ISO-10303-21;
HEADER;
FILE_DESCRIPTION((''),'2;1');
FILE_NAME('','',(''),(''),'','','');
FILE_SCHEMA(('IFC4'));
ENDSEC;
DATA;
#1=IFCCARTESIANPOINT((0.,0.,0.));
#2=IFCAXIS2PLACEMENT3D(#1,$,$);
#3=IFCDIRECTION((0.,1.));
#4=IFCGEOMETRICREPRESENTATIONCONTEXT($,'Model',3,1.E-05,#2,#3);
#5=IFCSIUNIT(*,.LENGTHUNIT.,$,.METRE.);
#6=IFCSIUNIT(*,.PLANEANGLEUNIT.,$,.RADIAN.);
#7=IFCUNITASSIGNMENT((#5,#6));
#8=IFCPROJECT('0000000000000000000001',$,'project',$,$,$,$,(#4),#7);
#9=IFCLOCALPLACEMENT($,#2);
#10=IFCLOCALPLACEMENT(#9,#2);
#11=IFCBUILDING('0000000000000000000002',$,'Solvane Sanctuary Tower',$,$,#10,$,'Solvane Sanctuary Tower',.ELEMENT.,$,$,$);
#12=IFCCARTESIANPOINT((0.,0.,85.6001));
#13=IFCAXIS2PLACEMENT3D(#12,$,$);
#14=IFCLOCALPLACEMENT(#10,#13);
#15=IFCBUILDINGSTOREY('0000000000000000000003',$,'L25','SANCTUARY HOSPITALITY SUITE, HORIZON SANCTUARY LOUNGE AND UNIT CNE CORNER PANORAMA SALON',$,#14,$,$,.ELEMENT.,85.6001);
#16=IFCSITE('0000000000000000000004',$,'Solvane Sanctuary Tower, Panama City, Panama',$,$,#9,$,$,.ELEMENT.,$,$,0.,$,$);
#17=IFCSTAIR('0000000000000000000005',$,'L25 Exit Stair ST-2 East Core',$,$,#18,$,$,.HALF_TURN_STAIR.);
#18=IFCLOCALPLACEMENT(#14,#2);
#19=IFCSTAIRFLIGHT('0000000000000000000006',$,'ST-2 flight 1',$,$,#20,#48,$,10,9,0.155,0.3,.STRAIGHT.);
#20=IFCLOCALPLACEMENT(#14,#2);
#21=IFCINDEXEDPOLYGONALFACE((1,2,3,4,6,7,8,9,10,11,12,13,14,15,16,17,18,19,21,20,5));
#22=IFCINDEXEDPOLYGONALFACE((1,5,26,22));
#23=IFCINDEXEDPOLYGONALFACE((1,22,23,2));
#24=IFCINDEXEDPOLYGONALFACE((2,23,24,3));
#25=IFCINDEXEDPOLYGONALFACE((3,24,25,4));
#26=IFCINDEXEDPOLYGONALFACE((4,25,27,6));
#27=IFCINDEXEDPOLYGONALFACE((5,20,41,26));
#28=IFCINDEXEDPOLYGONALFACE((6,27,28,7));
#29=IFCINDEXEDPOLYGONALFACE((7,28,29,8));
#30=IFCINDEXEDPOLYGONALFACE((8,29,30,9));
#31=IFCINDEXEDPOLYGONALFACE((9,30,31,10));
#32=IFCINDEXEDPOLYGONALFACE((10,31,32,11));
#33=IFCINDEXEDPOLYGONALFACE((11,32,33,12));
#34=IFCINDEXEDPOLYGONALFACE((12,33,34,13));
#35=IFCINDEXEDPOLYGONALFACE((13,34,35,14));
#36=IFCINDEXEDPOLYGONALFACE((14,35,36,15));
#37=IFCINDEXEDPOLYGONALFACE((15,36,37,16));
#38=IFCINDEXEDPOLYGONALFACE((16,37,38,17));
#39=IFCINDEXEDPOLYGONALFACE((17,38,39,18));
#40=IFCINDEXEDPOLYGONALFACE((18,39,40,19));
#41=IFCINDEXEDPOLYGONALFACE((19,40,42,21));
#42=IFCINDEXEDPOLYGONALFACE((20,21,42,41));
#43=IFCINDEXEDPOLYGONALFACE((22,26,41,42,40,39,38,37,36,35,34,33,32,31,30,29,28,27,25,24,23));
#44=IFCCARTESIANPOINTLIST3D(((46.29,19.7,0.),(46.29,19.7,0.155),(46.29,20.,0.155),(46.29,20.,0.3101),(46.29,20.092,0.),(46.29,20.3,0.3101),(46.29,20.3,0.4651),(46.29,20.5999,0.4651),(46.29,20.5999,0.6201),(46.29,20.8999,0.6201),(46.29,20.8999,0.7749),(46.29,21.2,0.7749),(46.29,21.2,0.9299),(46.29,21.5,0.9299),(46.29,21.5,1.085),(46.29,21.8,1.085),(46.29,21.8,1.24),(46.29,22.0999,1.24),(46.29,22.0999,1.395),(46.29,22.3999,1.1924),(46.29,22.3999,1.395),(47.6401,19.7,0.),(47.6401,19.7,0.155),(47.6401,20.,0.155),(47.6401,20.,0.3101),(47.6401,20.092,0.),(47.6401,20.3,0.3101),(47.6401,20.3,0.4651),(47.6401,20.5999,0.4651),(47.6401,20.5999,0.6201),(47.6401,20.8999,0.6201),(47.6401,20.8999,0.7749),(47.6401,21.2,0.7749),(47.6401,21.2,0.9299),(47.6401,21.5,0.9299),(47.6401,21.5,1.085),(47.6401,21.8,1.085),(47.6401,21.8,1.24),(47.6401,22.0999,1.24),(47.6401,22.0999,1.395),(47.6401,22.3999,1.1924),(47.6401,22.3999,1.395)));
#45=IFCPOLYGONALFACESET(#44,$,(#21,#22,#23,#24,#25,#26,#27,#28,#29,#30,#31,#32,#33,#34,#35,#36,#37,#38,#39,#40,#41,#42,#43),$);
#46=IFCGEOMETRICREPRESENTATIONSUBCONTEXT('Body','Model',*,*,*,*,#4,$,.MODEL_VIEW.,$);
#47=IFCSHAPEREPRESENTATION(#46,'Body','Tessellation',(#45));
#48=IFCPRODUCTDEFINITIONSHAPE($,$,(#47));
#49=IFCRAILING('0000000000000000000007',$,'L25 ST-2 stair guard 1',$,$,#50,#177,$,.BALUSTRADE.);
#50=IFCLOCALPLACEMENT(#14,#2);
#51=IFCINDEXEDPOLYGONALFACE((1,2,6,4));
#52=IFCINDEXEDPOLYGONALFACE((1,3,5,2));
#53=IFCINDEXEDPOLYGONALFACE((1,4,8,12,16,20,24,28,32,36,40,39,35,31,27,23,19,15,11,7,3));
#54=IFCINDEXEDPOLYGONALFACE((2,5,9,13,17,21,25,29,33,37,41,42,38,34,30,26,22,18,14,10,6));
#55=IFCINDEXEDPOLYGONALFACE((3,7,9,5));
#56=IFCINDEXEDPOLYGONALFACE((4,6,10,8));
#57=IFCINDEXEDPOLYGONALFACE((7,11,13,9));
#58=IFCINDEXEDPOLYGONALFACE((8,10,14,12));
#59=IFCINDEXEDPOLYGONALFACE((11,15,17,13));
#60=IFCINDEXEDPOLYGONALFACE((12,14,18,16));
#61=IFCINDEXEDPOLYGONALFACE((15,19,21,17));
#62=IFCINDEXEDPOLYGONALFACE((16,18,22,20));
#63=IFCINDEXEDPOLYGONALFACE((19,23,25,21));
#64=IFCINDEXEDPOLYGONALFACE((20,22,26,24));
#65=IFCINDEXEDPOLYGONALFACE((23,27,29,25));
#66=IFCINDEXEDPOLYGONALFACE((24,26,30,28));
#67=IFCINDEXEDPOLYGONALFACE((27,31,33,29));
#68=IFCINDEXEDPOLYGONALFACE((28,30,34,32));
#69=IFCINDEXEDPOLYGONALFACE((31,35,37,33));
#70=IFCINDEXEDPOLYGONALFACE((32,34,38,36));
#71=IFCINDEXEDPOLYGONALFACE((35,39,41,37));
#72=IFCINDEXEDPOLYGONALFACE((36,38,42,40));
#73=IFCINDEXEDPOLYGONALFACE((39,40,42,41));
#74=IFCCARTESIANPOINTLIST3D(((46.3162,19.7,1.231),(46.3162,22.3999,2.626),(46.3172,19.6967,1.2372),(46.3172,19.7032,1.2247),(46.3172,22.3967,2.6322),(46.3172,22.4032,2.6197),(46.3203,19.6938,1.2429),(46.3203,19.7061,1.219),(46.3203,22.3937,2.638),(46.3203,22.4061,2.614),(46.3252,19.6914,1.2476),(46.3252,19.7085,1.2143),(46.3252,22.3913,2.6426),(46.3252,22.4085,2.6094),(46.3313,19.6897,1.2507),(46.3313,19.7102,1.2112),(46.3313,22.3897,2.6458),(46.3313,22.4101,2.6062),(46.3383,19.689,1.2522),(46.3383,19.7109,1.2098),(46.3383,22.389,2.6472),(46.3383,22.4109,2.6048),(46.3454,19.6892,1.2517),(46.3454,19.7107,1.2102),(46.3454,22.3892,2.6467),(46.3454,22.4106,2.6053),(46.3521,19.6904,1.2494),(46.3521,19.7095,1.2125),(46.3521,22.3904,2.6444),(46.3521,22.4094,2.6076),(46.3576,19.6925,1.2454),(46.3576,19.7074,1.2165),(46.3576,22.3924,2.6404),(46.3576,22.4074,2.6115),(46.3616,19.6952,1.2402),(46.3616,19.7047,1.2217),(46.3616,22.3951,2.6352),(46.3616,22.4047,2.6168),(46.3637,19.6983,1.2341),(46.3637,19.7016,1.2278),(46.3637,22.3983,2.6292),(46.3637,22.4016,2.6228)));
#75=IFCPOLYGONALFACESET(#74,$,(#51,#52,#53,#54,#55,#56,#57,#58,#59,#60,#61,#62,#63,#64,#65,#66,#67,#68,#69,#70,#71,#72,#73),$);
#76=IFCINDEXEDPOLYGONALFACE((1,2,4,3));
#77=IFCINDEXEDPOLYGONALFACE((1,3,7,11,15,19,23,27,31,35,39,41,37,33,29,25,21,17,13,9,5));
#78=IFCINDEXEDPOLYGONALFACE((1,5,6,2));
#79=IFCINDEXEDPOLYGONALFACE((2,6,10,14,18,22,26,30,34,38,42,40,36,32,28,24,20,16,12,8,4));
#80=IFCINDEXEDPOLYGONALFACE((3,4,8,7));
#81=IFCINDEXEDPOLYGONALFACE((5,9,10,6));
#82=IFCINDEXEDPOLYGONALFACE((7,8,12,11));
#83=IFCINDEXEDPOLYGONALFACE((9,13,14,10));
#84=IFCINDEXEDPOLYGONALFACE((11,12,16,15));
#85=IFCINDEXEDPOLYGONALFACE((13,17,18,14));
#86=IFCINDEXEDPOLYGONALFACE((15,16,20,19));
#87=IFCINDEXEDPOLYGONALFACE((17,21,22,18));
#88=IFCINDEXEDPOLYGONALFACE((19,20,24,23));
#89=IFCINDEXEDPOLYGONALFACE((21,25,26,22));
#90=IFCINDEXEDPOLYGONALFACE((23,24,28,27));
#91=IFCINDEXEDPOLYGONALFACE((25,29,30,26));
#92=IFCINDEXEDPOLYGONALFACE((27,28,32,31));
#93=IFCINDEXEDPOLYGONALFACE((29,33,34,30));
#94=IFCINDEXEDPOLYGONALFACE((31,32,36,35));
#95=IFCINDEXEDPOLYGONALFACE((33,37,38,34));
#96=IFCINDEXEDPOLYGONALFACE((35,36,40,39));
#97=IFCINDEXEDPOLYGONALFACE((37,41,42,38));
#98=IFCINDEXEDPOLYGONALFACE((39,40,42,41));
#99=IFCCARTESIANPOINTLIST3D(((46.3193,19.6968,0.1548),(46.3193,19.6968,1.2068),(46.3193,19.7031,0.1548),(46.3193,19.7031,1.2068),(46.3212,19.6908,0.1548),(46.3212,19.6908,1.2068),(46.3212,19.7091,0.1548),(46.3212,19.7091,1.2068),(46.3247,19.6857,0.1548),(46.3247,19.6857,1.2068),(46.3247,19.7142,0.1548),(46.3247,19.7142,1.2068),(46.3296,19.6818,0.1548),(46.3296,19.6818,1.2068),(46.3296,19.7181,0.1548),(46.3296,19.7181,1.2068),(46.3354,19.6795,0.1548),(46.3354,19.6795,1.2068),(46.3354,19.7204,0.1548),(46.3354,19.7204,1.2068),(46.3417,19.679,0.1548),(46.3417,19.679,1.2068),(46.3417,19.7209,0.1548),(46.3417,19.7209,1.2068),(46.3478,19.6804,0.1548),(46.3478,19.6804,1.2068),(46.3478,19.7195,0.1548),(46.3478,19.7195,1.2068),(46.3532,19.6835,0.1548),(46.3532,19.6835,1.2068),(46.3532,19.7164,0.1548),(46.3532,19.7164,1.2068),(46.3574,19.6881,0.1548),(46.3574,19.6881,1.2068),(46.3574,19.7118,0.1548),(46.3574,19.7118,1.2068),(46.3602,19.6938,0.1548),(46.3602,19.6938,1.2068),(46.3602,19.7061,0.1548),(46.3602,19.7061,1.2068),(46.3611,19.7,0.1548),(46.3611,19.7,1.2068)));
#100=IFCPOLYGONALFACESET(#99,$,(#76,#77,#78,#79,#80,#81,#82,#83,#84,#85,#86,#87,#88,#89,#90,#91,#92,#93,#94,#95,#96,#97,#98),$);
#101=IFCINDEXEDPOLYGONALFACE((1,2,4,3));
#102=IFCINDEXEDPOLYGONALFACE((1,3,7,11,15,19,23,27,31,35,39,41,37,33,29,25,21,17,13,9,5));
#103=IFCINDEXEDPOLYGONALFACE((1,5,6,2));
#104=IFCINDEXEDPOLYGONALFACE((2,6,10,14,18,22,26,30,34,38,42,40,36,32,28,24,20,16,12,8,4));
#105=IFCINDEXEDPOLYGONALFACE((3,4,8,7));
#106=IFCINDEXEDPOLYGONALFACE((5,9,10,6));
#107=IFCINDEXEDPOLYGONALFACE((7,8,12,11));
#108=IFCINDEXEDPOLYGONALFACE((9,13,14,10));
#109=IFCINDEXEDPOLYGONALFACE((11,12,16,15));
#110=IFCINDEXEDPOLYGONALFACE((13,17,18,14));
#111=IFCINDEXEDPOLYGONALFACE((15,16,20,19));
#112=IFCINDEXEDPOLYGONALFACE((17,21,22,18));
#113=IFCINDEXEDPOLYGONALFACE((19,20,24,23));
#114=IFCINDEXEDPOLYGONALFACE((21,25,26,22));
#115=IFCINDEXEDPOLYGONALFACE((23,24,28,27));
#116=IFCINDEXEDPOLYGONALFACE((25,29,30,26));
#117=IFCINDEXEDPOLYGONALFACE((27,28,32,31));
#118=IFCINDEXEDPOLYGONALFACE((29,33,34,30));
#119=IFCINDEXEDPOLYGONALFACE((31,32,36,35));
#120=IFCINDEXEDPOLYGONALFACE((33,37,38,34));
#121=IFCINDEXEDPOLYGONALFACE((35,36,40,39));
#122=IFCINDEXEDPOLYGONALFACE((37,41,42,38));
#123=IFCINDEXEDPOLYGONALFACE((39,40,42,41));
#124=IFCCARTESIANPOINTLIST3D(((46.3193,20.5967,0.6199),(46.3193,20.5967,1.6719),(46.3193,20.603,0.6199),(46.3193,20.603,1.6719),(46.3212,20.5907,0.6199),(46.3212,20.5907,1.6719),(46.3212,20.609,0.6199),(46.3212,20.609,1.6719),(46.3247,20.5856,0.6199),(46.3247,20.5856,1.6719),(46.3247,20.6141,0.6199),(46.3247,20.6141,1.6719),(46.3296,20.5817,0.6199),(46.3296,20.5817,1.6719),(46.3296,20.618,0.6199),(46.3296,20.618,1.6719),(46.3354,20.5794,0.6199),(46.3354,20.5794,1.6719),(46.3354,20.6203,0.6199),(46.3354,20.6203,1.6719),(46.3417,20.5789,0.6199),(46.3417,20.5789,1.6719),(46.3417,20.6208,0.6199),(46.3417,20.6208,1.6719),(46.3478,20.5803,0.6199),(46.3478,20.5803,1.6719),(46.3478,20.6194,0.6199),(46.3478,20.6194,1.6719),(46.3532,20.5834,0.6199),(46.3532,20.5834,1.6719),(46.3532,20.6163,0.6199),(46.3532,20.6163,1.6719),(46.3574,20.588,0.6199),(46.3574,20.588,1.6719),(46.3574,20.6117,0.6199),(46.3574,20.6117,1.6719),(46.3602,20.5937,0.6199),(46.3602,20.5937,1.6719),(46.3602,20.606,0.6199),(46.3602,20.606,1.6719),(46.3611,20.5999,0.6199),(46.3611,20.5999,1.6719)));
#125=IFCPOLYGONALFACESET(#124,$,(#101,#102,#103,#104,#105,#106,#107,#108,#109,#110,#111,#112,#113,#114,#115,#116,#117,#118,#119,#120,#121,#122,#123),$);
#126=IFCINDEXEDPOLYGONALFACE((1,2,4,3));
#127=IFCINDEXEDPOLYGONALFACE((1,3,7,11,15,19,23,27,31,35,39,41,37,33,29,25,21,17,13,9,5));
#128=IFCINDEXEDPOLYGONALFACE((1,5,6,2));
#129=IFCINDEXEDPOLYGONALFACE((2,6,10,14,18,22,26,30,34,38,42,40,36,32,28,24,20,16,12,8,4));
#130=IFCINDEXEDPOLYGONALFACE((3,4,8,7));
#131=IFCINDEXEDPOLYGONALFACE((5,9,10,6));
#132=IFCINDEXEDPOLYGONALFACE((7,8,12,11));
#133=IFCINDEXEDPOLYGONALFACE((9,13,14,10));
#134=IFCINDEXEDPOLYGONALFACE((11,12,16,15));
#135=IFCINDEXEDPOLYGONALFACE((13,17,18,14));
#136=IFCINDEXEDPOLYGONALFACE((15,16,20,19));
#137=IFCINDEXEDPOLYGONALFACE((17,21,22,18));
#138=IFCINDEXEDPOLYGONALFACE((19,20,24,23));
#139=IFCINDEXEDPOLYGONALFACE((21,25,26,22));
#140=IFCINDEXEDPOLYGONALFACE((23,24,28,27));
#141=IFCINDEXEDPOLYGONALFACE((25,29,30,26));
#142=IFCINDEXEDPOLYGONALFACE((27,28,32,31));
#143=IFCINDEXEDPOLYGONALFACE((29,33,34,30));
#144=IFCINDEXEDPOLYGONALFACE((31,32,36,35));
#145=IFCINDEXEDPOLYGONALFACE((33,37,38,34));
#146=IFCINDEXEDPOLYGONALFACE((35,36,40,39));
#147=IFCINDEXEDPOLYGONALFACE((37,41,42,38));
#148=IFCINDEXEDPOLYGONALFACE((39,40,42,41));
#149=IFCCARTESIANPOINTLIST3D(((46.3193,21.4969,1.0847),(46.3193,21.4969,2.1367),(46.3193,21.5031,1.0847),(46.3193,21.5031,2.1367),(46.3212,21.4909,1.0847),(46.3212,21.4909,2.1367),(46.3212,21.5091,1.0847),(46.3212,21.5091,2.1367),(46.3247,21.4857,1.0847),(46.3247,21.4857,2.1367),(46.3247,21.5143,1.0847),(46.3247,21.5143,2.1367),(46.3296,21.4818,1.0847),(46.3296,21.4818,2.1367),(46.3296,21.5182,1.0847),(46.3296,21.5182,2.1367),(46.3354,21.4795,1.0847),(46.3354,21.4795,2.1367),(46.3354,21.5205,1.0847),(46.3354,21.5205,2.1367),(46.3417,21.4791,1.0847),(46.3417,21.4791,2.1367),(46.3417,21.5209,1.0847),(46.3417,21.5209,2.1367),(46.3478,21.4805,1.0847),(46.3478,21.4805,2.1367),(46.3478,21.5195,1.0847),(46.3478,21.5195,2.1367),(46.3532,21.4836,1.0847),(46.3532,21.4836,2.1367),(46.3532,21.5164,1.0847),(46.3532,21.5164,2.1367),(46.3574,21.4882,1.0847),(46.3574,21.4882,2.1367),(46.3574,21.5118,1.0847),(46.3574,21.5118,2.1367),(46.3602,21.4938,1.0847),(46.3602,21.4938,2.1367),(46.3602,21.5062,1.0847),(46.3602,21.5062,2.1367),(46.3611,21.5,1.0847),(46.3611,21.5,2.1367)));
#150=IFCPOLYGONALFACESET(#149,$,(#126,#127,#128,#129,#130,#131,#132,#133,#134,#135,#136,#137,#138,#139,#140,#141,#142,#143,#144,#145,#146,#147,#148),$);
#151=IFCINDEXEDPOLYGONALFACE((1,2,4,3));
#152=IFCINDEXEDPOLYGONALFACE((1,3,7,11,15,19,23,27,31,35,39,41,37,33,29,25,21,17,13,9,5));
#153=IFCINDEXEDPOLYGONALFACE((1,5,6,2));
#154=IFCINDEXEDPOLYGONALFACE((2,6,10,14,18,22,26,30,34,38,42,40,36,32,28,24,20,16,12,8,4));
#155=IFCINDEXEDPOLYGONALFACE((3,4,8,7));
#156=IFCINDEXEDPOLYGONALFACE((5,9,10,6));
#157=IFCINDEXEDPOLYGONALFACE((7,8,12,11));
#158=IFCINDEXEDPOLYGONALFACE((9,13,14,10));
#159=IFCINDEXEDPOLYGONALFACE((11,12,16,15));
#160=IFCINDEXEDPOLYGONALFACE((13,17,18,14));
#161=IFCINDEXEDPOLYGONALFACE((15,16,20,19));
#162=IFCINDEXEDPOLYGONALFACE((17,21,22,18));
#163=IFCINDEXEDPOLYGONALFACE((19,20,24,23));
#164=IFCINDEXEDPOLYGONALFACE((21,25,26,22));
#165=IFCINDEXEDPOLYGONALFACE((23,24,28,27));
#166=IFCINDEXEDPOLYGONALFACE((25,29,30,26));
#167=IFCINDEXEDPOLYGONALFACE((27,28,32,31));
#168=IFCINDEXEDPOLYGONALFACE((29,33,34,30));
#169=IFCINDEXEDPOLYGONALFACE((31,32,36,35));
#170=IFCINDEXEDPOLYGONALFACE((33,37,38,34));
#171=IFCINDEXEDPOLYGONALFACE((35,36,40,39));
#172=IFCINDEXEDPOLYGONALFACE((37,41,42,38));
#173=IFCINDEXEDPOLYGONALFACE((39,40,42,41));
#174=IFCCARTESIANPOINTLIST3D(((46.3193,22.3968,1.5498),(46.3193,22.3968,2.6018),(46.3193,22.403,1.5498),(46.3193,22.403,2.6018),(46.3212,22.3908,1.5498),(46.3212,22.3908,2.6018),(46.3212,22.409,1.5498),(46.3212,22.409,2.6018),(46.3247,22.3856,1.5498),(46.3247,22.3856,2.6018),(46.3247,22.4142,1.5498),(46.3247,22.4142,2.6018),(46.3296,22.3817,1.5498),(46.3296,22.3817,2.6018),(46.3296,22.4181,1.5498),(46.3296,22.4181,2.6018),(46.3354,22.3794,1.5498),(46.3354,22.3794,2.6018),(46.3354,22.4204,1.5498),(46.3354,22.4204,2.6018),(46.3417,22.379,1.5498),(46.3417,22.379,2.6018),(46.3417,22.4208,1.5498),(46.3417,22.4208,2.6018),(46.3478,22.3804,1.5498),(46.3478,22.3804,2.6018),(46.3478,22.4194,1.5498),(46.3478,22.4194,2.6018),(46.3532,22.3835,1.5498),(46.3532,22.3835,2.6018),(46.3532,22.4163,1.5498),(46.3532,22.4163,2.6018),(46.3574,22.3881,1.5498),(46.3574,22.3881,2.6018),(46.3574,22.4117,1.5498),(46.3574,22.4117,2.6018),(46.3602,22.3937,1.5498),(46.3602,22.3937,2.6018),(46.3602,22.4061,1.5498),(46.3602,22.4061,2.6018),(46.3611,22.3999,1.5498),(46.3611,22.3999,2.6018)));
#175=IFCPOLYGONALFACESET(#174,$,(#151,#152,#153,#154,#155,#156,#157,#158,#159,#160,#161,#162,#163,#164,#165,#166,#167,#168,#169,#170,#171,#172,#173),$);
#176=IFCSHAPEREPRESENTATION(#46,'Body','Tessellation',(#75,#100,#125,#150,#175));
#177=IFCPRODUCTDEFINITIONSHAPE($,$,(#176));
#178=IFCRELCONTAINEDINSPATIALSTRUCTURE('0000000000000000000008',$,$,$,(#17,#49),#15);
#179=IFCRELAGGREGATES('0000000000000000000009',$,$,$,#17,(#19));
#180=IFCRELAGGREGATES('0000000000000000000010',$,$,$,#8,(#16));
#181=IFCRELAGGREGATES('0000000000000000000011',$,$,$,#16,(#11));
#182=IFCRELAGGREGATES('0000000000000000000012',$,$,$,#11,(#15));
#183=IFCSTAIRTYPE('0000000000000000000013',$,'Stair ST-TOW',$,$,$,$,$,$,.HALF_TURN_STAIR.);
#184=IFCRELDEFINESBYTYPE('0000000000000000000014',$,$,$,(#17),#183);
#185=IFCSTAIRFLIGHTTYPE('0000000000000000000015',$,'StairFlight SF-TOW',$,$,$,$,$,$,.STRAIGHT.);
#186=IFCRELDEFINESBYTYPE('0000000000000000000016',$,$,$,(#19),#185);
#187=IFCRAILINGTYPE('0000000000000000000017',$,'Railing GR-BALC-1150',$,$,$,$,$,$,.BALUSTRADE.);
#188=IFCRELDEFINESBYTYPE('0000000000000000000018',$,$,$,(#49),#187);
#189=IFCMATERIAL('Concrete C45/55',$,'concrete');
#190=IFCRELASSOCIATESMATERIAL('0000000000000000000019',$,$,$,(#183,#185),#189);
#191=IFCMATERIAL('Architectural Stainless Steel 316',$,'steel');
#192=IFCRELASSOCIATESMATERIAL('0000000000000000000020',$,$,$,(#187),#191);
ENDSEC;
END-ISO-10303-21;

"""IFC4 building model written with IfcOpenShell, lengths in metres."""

from ifc_helpers import new_model, si_unit, direction, frame, origin, origin_2d, place, context, subcontext, project, spatial, polyline, circle, outline, extrude, material, type_object, element, aggregate, save


model = new_model("IFC4")

# Units and contexts
model_context = context("Model", 3, precision=1e-05, world=origin(), true_north=direction((0.0, 1.0)))
body_context = subcontext(model_context, "Body", "Model", "MODEL_VIEW")
ifc_project = project(units=[si_unit("LENGTHUNIT", "METRE"), si_unit("PLANEANGLEUNIT", "RADIAN")], contexts=[model_context])

# Site, building, storey
site_placement = place(None, origin())
site = spatial("IfcSite", under=ifc_project, at=site_placement, Name="Solvane Sanctuary Tower, Panama City, Panama", CompositionType="ELEMENT", RefElevation=0.0)
building_placement = place(site_placement, origin())
building = spatial("IfcBuilding", under=site, at=building_placement, Name="Solvane Sanctuary Tower", LongName="Solvane Sanctuary Tower", CompositionType="ELEMENT")
storey_placement = place(building_placement, frame((0.0, 0.0, 85.6001)))
storey = spatial("IfcBuildingStorey", under=building, at=storey_placement, Name="L25", Description="SANCTUARY HOSPITALITY SUITE, HORIZON SANCTUARY LOUNGE AND UNIT CNE CORNER PANORAMA SALON", CompositionType="ELEMENT", Elevation=85.6001)

# Shared definitions
ifc_material_1 = material(Name="Architectural Stainless Steel 316", Category="steel")

# Stair, stair flight
ifc_material_2 = material(Name="Concrete C45/55", Category="concrete")
stair_type = type_object("IfcStairType", Name="Stair ST-TOW", PredefinedType="HALF_TURN_STAIR", material=ifc_material_2)
stair_placement = place(storey_placement, origin())
stair = element("IfcStair", 1, at=stair_placement, inside=storey, type_object=stair_type, Name="L25 Exit Stair ST-2 East Core", PredefinedType="HALF_TURN_STAIR")
stair_flight_type = type_object("IfcStairFlightType", Name="StairFlight SF-TOW", PredefinedType="STRAIGHT", material=ifc_material_2)
stair_flight_placement = place(storey_placement, frame((46.9651, 19.7, 0.0), z_axis=(0.0, 0.0, 1.0), x_axis=(0.0, 1.0, 0.0)))
stair_flight = element("IfcStairFlight", 2, at=stair_flight_placement, type_object=stair_flight_type, Name="ST-2 flight 1", NumberOfRisers=10, NumberOfTreads=9, PredefinedType="STRAIGHT", RiserHeight=0.155, TreadLength=0.3, context=body_context, shape_type="SweptSolid", body=[
    extrude(outline(polyline([(0.0, 0.0), (0.0, 0.155), (0.3, 0.155), (0.3, 0.3101), (0.6001, 0.3101), (0.6001, 0.4651), (0.8999, 0.4651), (0.8999, 0.6201), (1.2, 0.6201), (1.2, 0.7749), (1.5, 0.7749), (1.5, 0.9299), (1.8, 0.9299), (1.8, 1.085), (2.1001, 1.085), (2.1001, 1.24), (2.3999, 1.24), (2.3999, 1.395), (2.7, 1.395), (2.7, 1.55), (2.7, 1.1924), (0.3921, 0.0), (0.0, 0.0)])), frame((0.0, 0.675, 0.0), z_axis=(0.0, -1.0, 0.0), x_axis=(1.0, 0.0, 0.0)), (0.0, 0.0, 1.0), 1.3501),
])
aggregate(stair, [stair_flight])

# Railing
railing_type = type_object("IfcRailingType", Name="Railing GR-BALC-1150", PredefinedType="BALUSTRADE", material=ifc_material_1)
railing_1_placement = place(storey_placement, frame((46.3401, 19.7, 0.1548)))
element("IfcRailing", 3, at=railing_1_placement, inside=storey, type_object=railing_type, Name="L25 ST-2 stair guard 1", PredefinedType="BALUSTRADE", context=body_context, shape_type="SweptSolid", body=[
    extrude(circle(Radius=0.0239, at=origin_2d()), frame((0.0, 0.0, 1.0762), z_axis=(0.0, 0.88842, 0.459032), x_axis=(-1.0, 0.0, 0.0)), (0.0, 0.0, 1.0), 3.0391),
    extrude(circle(Radius=0.021, at=origin_2d()), origin(), (0.0, 0.0, 1.0), 1.052),
    extrude(circle(Radius=0.021, at=origin_2d()), frame((0.0, 0.8999, 0.4651)), (0.0, 0.0, 1.0), 1.052),
    extrude(circle(Radius=0.021, at=origin_2d()), frame((0.0, 1.8, 0.9299)), (0.0, 0.0, 1.0), 1.052),
    extrude(circle(Radius=0.021, at=origin_2d()), frame((0.0, 2.7, 1.395)), (0.0, 0.0, 1.0), 1.052),
])

save(model, "model.ifc")
